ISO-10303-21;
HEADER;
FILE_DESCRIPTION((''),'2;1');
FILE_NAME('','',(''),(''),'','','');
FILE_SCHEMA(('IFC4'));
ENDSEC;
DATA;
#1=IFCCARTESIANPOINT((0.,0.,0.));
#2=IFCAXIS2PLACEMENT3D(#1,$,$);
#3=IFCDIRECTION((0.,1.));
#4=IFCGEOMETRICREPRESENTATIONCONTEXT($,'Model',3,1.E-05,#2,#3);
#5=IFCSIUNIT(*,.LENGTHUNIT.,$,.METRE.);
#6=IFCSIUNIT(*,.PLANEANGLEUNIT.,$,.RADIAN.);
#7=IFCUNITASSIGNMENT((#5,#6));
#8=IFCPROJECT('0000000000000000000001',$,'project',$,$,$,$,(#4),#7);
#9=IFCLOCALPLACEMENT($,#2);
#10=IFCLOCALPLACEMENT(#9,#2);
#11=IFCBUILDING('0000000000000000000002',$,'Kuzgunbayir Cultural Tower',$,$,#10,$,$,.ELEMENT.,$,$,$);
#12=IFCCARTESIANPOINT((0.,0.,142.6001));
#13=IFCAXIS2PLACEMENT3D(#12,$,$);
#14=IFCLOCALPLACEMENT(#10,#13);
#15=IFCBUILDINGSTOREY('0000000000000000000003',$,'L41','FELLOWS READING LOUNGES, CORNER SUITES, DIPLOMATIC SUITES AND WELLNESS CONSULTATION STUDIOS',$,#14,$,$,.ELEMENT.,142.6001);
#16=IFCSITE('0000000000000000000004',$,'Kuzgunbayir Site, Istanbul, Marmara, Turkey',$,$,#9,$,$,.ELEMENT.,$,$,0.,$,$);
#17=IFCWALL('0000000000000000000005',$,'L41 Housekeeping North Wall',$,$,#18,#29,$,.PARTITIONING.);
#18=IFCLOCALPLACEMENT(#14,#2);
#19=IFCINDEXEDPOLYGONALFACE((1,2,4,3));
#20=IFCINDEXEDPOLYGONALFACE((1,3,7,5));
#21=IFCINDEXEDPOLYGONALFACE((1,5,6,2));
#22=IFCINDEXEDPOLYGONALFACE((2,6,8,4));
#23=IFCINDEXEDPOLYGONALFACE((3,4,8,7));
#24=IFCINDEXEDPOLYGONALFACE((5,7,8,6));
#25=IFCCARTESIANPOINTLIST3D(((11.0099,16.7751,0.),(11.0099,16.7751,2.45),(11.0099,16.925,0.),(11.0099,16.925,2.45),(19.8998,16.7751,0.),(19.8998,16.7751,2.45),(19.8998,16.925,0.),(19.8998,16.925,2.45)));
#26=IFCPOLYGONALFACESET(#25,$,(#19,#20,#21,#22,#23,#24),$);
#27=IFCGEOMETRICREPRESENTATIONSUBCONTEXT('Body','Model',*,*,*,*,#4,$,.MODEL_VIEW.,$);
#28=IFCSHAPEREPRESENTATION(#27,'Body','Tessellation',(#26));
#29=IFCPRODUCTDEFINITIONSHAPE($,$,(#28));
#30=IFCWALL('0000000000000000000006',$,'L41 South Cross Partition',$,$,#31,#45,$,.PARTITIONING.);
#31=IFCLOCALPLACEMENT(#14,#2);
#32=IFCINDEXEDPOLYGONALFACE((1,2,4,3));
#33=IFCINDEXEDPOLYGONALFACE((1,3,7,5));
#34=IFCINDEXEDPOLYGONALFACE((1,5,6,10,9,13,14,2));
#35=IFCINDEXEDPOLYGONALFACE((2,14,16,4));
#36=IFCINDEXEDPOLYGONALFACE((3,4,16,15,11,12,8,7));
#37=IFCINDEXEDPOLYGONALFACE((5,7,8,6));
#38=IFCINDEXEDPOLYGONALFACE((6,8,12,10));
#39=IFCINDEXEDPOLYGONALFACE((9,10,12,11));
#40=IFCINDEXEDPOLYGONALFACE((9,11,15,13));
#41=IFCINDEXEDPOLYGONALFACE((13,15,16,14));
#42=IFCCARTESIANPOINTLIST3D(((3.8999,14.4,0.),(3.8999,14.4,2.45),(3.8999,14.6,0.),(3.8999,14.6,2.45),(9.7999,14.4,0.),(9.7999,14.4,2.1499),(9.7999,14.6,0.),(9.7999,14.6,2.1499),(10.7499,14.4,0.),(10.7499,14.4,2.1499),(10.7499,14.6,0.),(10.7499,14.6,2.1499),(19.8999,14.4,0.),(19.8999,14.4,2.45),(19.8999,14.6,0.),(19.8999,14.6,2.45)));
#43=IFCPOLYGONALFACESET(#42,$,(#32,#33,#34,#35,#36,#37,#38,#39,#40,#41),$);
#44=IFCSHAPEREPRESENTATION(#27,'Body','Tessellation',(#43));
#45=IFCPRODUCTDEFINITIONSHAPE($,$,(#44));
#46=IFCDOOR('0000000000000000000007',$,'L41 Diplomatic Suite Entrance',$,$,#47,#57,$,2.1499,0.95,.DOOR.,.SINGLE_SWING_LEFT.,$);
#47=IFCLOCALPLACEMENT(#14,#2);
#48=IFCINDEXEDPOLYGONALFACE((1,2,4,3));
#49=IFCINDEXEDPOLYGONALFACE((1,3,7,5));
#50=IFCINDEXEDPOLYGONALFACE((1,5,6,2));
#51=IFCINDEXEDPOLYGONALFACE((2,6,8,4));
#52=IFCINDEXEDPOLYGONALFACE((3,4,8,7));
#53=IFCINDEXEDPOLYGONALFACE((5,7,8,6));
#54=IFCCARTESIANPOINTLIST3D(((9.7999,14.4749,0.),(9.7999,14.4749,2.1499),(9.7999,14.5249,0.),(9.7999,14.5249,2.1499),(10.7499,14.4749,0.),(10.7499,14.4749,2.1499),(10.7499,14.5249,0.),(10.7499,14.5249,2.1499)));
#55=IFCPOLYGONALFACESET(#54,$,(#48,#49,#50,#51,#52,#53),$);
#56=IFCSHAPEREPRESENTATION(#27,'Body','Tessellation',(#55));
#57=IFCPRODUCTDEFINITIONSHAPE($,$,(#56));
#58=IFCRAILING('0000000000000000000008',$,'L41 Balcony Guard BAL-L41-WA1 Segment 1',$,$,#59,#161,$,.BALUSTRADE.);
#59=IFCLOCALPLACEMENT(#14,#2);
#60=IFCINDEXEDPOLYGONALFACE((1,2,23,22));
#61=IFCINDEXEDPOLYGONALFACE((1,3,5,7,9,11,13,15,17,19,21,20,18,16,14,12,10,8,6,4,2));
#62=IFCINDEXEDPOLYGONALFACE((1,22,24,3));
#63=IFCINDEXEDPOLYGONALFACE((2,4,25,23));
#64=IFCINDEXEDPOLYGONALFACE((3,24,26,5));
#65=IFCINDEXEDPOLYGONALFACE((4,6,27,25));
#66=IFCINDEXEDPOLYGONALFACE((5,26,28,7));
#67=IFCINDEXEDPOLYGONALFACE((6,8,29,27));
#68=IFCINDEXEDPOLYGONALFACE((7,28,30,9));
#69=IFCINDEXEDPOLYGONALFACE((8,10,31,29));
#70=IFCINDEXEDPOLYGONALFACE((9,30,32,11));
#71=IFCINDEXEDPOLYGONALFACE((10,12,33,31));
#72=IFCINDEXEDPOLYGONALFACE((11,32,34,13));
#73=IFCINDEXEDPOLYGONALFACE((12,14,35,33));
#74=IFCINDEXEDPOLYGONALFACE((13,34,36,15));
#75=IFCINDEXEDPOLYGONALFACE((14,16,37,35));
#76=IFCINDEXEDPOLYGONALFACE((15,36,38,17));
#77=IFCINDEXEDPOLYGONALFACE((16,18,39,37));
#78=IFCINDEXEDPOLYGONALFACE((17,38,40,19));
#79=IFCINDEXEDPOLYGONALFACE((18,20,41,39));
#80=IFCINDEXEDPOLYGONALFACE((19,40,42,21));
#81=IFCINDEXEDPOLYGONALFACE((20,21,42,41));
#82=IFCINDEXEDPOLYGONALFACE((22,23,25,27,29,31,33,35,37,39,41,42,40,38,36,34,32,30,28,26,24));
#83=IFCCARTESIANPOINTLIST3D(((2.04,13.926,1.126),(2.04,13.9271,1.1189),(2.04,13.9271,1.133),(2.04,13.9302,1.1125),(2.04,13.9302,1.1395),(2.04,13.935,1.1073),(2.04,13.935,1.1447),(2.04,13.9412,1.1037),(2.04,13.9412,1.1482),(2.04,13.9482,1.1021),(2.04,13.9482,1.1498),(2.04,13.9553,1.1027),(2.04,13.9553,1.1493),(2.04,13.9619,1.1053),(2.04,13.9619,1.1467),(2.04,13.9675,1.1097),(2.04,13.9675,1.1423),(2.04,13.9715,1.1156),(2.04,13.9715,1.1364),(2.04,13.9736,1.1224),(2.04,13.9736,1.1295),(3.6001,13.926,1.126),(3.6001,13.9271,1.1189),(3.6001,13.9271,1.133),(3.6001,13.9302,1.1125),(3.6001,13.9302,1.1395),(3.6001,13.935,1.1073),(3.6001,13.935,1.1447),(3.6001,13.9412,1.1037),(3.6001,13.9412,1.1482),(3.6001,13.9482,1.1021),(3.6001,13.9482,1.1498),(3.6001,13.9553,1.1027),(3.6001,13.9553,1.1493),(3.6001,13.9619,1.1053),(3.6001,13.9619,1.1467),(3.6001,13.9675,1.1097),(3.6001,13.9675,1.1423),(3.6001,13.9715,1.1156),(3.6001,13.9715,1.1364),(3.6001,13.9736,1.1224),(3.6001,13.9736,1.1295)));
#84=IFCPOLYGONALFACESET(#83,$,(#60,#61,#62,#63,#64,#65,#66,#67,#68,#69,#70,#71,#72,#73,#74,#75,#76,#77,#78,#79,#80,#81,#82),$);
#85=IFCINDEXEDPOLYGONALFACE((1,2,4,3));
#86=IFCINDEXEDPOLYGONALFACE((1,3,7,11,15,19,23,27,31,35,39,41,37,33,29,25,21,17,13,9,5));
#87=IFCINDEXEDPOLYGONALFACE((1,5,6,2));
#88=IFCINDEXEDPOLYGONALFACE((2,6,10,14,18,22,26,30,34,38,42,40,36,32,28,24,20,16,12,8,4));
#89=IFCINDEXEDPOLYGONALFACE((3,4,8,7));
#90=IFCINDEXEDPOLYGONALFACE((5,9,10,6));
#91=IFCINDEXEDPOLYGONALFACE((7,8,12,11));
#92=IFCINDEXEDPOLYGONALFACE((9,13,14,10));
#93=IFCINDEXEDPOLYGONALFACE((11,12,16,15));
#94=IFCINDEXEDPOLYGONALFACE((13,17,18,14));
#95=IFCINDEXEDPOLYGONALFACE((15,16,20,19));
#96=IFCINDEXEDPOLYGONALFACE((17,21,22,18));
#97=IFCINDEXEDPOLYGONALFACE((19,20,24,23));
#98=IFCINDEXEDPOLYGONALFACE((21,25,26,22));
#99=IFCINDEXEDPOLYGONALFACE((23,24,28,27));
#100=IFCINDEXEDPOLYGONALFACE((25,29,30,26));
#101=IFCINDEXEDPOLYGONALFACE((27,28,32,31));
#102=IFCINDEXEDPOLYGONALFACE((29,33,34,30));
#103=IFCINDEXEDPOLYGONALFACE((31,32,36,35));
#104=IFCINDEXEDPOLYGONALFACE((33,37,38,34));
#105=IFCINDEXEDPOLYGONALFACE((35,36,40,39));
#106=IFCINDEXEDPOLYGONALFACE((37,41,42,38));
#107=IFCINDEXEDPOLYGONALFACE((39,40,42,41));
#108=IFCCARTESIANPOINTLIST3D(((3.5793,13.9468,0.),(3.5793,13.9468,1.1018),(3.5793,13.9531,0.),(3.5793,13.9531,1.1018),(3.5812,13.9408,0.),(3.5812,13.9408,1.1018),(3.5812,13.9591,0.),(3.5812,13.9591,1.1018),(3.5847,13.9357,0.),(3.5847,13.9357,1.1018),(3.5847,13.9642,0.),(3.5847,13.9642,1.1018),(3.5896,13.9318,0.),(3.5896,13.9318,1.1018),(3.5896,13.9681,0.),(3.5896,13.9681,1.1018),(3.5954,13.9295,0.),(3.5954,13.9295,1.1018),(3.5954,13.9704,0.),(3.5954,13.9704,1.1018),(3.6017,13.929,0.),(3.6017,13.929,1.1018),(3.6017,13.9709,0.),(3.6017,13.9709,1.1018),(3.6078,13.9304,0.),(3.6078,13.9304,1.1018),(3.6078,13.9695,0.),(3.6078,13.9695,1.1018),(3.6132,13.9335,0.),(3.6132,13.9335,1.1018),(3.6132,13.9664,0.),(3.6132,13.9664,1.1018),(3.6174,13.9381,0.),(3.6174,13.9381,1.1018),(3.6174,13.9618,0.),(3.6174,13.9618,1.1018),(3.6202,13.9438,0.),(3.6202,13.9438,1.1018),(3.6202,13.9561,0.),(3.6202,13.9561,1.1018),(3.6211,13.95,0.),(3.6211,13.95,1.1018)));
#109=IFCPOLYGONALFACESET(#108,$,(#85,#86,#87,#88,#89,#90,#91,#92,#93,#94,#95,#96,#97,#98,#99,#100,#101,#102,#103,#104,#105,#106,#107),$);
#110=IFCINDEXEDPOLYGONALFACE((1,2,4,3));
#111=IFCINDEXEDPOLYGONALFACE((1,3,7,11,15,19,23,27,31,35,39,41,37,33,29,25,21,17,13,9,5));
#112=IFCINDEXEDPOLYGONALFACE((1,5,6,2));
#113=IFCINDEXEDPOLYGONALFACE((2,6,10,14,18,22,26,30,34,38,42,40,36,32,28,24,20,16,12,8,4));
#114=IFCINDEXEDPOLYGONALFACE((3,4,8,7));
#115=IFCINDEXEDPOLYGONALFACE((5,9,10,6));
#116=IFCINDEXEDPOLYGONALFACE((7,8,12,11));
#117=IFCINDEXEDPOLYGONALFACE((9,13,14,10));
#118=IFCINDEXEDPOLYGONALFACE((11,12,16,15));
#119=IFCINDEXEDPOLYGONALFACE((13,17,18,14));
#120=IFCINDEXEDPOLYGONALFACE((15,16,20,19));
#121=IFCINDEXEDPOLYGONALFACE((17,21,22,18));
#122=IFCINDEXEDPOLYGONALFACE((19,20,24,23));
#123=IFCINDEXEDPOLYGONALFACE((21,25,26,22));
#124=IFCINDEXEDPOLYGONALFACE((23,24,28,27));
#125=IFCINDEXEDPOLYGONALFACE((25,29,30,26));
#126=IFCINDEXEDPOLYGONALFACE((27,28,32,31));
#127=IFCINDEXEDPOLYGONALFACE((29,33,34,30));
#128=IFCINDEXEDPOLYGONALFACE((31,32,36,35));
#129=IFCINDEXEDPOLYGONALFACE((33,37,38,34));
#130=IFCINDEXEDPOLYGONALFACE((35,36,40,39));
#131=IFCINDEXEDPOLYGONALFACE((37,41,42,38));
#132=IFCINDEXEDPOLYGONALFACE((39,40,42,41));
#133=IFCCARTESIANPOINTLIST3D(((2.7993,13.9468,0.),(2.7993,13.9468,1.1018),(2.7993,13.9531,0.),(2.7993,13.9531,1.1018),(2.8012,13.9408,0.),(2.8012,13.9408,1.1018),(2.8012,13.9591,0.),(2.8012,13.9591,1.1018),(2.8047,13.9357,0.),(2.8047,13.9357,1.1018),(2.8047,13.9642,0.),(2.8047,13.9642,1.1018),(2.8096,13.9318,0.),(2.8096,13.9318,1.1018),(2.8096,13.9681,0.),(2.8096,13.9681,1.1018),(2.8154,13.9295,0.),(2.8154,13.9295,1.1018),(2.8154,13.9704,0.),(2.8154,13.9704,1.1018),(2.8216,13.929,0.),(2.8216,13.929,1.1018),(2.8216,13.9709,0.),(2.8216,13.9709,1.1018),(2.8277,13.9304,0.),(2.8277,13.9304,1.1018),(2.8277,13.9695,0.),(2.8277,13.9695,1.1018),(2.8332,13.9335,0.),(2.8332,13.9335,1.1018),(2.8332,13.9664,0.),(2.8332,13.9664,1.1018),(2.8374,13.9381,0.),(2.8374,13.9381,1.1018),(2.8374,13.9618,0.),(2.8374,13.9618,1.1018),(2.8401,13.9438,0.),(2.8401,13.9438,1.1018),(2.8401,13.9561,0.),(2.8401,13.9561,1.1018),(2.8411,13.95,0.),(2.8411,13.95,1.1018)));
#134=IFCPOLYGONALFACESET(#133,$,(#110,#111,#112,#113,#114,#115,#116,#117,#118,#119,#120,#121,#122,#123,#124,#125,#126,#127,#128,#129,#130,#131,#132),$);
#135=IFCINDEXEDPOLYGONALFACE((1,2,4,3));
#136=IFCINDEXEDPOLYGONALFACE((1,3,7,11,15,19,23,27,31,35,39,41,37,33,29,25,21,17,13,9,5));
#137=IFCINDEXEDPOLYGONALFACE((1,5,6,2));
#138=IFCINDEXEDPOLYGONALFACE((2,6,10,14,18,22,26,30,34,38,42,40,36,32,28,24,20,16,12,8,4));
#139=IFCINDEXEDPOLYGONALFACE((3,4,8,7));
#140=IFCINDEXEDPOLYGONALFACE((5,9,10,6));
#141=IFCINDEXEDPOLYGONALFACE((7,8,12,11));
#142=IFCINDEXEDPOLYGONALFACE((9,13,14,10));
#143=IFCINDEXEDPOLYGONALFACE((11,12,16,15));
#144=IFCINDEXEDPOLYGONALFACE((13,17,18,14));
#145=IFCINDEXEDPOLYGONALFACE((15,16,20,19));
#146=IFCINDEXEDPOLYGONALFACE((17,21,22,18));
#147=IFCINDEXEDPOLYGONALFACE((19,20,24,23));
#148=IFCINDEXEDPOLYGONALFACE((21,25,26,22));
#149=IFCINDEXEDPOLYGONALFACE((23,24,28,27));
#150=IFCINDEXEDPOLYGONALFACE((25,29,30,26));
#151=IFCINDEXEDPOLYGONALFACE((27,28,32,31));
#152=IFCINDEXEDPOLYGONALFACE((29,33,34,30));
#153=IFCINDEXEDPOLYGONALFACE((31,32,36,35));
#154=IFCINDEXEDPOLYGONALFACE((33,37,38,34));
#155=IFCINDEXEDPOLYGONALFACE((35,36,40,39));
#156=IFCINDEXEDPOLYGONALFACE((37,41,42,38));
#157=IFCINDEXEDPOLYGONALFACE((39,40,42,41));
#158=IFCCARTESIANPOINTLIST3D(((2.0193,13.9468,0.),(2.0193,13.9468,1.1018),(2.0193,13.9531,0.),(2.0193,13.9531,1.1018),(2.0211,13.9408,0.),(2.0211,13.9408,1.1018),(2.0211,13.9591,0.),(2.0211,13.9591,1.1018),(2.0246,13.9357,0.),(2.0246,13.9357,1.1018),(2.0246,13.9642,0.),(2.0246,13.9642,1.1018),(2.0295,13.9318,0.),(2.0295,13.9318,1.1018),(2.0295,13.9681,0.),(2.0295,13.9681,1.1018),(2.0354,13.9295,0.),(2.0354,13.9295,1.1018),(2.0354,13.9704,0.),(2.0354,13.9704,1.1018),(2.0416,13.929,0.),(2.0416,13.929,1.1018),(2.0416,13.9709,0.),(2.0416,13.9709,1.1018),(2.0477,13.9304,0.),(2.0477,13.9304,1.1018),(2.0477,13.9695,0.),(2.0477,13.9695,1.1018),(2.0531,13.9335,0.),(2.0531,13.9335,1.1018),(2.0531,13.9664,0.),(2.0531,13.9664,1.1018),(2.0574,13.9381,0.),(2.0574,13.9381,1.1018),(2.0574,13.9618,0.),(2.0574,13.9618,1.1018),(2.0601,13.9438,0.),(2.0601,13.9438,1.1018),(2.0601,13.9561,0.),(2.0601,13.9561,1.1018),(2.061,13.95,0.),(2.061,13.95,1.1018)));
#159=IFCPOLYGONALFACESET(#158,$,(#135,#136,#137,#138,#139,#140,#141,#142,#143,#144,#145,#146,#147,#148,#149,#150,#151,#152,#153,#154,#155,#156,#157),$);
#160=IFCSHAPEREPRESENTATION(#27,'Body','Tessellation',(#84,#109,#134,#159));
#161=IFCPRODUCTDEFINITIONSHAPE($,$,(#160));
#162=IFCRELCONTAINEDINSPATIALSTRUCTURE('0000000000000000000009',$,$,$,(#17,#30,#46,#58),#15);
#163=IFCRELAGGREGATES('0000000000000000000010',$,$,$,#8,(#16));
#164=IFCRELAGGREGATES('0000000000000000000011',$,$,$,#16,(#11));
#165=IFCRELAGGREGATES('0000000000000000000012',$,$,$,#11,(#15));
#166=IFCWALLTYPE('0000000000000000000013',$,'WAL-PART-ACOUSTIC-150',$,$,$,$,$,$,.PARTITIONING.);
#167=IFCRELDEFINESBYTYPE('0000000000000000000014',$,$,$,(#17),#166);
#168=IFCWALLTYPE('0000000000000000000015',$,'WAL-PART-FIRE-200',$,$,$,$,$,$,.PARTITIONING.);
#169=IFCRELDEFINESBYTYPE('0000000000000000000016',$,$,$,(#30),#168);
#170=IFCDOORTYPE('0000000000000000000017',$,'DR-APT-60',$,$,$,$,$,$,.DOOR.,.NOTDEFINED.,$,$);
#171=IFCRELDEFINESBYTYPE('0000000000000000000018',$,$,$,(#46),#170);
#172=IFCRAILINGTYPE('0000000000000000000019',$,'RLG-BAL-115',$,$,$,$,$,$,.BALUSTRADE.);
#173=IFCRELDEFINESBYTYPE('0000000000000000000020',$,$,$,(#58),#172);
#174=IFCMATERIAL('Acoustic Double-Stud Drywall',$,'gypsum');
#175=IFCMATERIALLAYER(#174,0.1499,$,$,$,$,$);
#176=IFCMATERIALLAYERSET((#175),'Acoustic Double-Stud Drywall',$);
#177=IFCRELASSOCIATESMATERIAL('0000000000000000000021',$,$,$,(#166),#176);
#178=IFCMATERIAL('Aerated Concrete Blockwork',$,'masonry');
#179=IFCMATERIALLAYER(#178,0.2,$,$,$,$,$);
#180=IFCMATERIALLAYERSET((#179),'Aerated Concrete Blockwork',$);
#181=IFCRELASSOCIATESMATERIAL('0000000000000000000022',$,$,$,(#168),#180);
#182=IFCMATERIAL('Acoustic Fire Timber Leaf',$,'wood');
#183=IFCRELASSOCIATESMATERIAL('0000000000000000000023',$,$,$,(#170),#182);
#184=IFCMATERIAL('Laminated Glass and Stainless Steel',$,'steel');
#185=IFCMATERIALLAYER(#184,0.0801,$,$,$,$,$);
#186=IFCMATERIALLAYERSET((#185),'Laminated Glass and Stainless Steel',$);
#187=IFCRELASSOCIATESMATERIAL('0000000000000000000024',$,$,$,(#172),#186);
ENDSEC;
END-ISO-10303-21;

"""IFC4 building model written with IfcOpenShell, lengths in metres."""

from ifc_helpers import new_model, si_unit, direction, frame, frame_2d, origin, origin_2d, place, context, subcontext, project, spatial, rectangle, circle, extrude, material, layer, layer_set, type_object, element, fill, save


model = new_model("IFC4")

# Units and contexts
model_context = context("Model", 3, precision=1e-05, world=origin(), true_north=direction((0.0, 1.0)))
body_context = subcontext(model_context, "Body", "Model", "MODEL_VIEW")
ifc_project = project(units=[si_unit("LENGTHUNIT", "METRE"), si_unit("PLANEANGLEUNIT", "RADIAN")], contexts=[model_context])

# Site, building, storey
site_placement = place(None, origin())
site = spatial("IfcSite", under=ifc_project, at=site_placement, Name="Kuzgunbayir Site, Istanbul, Marmara, Turkey", CompositionType="ELEMENT", RefElevation=0.0)
building_placement = place(site_placement, origin())
building = spatial("IfcBuilding", under=site, at=building_placement, Name="Kuzgunbayir Cultural Tower", CompositionType="ELEMENT")
storey_placement = place(building_placement, frame((0.0, 0.0, 142.6001)))
storey = spatial("IfcBuildingStorey", under=building, at=storey_placement, Name="L41", Description="FELLOWS READING LOUNGES, CORNER SUITES, DIPLOMATIC SUITES AND WELLNESS CONSULTATION STUDIOS", CompositionType="ELEMENT", Elevation=142.6001)

# Wall
ifc_material_1 = material(Name="Acoustic Double-Stud Drywall", Category="gypsum")
ifc_layer_1 = layer(ifc_material_1, 0.1499)
ifc_layer_set_1 = layer_set([ifc_layer_1], Name="Acoustic Double-Stud Drywall")
wall_type_1 = type_object("IfcWallType", Name="WAL-PART-ACOUSTIC-150", PredefinedType="PARTITIONING", material=ifc_layer_set_1)
wall_1_placement = place(storey_placement, frame((11.01, 16.8501, 0.0), z_axis=(0.0, 0.0, 1.0), x_axis=(1.0, 0.0, 0.0)))
element("IfcWall", 1, at=wall_1_placement, inside=storey, type_object=wall_type_1, Name="L41 Housekeeping North Wall", PredefinedType="PARTITIONING", context=body_context, shape_type="SweptSolid", body=[
    extrude(rectangle(XDim=8.8899, YDim=0.1499, at=frame_2d((4.4448, 0.0))), origin(), (0.0, 0.0, 1.0), 2.45),
])

# Shared definitions
ifc_material_2 = material(Name="Aerated Concrete Blockwork", Category="masonry")
ifc_layer_2 = layer(ifc_material_2, 0.2)
ifc_layer_set_2 = layer_set([ifc_layer_2], Name="Aerated Concrete Blockwork")
wall_type_2 = type_object("IfcWallType", Name="WAL-PART-FIRE-200", PredefinedType="PARTITIONING", material=ifc_layer_set_2)
ifc_material_3 = material(Name="Acoustic Fire Timber Leaf", Category="wood")
door_type_1 = type_object("IfcDoorType", Name="DR-APT-60", OperationType="NOTDEFINED", PredefinedType="DOOR", material=ifc_material_3)

# Wall, opening, door
wall_2_placement = place(storey_placement, frame((3.8999, 14.5, 0.0), z_axis=(0.0, 0.0, 1.0), x_axis=(1.0, 0.0, 0.0)))
wall_2 = element("IfcWall", 2, at=wall_2_placement, inside=storey, type_object=wall_type_2, Name="L41 South Cross Partition", PredefinedType="PARTITIONING", context=body_context, shape_type="SweptSolid", body=[
    extrude(rectangle(XDim=16.0, YDim=0.2, at=frame_2d((8.0, 0.0))), origin(), (0.0, 0.0, 1.0), 2.45),
])
opening_1_placement = place(wall_2_placement, frame((5.8999, 0.0, 0.0)))
opening_1 = element("IfcOpeningElement", 3, at=opening_1_placement, cuts=wall_2, PredefinedType="OPENING", context=body_context, shape_type="SweptSolid", body=[
    extrude(rectangle(XDim=0.95, YDim=2.1499, at=frame_2d((0.4751, 1.075))), frame((0.0, 0.1099, 0.0), z_axis=(0.0, -1.0, 0.0), x_axis=(1.0, 0.0, 0.0)), (0.0, 0.0, 1.0), 0.22),
])
door_1_placement = place(opening_1_placement, origin())
door_1 = element("IfcDoor", 4, at=door_1_placement, inside=storey, type_object=door_type_1, Name="L41 Diplomatic Suite Entrance", OperationType="SINGLE_SWING_LEFT", OverallHeight=2.1499, OverallWidth=0.95, PredefinedType="DOOR", context=body_context, shape_type="SweptSolid", body=[
    extrude(rectangle(XDim=0.95, YDim=2.1499, at=frame_2d((0.4751, 1.075))), frame((0.0, 0.0249, 0.0), z_axis=(0.0, -1.0, 0.0), x_axis=(1.0, 0.0, 0.0)), (0.0, 0.0, 1.0), 0.05),
])
fill(opening_1, door_1)

# Railing
ifc_material_4 = material(Name="Laminated Glass and Stainless Steel", Category="steel")
ifc_layer_3 = layer(ifc_material_4, 0.0801)
ifc_layer_set_3 = layer_set([ifc_layer_3], Name="Laminated Glass and Stainless Steel")
railing_type = type_object("IfcRailingType", Name="RLG-BAL-115", PredefinedType="BALUSTRADE", material=ifc_layer_set_3)
railing_1_placement = place(storey_placement, frame((3.6001, 13.95, 0.0)))
element("IfcRailing", 5, at=railing_1_placement, inside=storey, type_object=railing_type, Name="L41 Balcony Guard BAL-L41-WA1 Segment 1", PredefinedType="BALUSTRADE", context=body_context, shape_type="SweptSolid", body=[
    extrude(circle(Radius=0.0239, at=origin_2d()), frame((0.0, 0.0, 1.126), z_axis=(-1.0, 0.0, 0.0), x_axis=(0.0, -1.0, 0.0)), (0.0, 0.0, 1.0), 1.5601),
    extrude(circle(Radius=0.021, at=origin_2d()), origin(), (0.0, 0.0, 1.0), 1.1018),
    extrude(circle(Radius=0.021, at=origin_2d()), frame((-0.78, 0.0, 0.0)), (0.0, 0.0, 1.0), 1.1018),
    extrude(circle(Radius=0.021, at=origin_2d()), frame((-1.5601, 0.0, 0.0)), (0.0, 0.0, 1.0), 1.1018),
])

save(model, "model.ifc")
